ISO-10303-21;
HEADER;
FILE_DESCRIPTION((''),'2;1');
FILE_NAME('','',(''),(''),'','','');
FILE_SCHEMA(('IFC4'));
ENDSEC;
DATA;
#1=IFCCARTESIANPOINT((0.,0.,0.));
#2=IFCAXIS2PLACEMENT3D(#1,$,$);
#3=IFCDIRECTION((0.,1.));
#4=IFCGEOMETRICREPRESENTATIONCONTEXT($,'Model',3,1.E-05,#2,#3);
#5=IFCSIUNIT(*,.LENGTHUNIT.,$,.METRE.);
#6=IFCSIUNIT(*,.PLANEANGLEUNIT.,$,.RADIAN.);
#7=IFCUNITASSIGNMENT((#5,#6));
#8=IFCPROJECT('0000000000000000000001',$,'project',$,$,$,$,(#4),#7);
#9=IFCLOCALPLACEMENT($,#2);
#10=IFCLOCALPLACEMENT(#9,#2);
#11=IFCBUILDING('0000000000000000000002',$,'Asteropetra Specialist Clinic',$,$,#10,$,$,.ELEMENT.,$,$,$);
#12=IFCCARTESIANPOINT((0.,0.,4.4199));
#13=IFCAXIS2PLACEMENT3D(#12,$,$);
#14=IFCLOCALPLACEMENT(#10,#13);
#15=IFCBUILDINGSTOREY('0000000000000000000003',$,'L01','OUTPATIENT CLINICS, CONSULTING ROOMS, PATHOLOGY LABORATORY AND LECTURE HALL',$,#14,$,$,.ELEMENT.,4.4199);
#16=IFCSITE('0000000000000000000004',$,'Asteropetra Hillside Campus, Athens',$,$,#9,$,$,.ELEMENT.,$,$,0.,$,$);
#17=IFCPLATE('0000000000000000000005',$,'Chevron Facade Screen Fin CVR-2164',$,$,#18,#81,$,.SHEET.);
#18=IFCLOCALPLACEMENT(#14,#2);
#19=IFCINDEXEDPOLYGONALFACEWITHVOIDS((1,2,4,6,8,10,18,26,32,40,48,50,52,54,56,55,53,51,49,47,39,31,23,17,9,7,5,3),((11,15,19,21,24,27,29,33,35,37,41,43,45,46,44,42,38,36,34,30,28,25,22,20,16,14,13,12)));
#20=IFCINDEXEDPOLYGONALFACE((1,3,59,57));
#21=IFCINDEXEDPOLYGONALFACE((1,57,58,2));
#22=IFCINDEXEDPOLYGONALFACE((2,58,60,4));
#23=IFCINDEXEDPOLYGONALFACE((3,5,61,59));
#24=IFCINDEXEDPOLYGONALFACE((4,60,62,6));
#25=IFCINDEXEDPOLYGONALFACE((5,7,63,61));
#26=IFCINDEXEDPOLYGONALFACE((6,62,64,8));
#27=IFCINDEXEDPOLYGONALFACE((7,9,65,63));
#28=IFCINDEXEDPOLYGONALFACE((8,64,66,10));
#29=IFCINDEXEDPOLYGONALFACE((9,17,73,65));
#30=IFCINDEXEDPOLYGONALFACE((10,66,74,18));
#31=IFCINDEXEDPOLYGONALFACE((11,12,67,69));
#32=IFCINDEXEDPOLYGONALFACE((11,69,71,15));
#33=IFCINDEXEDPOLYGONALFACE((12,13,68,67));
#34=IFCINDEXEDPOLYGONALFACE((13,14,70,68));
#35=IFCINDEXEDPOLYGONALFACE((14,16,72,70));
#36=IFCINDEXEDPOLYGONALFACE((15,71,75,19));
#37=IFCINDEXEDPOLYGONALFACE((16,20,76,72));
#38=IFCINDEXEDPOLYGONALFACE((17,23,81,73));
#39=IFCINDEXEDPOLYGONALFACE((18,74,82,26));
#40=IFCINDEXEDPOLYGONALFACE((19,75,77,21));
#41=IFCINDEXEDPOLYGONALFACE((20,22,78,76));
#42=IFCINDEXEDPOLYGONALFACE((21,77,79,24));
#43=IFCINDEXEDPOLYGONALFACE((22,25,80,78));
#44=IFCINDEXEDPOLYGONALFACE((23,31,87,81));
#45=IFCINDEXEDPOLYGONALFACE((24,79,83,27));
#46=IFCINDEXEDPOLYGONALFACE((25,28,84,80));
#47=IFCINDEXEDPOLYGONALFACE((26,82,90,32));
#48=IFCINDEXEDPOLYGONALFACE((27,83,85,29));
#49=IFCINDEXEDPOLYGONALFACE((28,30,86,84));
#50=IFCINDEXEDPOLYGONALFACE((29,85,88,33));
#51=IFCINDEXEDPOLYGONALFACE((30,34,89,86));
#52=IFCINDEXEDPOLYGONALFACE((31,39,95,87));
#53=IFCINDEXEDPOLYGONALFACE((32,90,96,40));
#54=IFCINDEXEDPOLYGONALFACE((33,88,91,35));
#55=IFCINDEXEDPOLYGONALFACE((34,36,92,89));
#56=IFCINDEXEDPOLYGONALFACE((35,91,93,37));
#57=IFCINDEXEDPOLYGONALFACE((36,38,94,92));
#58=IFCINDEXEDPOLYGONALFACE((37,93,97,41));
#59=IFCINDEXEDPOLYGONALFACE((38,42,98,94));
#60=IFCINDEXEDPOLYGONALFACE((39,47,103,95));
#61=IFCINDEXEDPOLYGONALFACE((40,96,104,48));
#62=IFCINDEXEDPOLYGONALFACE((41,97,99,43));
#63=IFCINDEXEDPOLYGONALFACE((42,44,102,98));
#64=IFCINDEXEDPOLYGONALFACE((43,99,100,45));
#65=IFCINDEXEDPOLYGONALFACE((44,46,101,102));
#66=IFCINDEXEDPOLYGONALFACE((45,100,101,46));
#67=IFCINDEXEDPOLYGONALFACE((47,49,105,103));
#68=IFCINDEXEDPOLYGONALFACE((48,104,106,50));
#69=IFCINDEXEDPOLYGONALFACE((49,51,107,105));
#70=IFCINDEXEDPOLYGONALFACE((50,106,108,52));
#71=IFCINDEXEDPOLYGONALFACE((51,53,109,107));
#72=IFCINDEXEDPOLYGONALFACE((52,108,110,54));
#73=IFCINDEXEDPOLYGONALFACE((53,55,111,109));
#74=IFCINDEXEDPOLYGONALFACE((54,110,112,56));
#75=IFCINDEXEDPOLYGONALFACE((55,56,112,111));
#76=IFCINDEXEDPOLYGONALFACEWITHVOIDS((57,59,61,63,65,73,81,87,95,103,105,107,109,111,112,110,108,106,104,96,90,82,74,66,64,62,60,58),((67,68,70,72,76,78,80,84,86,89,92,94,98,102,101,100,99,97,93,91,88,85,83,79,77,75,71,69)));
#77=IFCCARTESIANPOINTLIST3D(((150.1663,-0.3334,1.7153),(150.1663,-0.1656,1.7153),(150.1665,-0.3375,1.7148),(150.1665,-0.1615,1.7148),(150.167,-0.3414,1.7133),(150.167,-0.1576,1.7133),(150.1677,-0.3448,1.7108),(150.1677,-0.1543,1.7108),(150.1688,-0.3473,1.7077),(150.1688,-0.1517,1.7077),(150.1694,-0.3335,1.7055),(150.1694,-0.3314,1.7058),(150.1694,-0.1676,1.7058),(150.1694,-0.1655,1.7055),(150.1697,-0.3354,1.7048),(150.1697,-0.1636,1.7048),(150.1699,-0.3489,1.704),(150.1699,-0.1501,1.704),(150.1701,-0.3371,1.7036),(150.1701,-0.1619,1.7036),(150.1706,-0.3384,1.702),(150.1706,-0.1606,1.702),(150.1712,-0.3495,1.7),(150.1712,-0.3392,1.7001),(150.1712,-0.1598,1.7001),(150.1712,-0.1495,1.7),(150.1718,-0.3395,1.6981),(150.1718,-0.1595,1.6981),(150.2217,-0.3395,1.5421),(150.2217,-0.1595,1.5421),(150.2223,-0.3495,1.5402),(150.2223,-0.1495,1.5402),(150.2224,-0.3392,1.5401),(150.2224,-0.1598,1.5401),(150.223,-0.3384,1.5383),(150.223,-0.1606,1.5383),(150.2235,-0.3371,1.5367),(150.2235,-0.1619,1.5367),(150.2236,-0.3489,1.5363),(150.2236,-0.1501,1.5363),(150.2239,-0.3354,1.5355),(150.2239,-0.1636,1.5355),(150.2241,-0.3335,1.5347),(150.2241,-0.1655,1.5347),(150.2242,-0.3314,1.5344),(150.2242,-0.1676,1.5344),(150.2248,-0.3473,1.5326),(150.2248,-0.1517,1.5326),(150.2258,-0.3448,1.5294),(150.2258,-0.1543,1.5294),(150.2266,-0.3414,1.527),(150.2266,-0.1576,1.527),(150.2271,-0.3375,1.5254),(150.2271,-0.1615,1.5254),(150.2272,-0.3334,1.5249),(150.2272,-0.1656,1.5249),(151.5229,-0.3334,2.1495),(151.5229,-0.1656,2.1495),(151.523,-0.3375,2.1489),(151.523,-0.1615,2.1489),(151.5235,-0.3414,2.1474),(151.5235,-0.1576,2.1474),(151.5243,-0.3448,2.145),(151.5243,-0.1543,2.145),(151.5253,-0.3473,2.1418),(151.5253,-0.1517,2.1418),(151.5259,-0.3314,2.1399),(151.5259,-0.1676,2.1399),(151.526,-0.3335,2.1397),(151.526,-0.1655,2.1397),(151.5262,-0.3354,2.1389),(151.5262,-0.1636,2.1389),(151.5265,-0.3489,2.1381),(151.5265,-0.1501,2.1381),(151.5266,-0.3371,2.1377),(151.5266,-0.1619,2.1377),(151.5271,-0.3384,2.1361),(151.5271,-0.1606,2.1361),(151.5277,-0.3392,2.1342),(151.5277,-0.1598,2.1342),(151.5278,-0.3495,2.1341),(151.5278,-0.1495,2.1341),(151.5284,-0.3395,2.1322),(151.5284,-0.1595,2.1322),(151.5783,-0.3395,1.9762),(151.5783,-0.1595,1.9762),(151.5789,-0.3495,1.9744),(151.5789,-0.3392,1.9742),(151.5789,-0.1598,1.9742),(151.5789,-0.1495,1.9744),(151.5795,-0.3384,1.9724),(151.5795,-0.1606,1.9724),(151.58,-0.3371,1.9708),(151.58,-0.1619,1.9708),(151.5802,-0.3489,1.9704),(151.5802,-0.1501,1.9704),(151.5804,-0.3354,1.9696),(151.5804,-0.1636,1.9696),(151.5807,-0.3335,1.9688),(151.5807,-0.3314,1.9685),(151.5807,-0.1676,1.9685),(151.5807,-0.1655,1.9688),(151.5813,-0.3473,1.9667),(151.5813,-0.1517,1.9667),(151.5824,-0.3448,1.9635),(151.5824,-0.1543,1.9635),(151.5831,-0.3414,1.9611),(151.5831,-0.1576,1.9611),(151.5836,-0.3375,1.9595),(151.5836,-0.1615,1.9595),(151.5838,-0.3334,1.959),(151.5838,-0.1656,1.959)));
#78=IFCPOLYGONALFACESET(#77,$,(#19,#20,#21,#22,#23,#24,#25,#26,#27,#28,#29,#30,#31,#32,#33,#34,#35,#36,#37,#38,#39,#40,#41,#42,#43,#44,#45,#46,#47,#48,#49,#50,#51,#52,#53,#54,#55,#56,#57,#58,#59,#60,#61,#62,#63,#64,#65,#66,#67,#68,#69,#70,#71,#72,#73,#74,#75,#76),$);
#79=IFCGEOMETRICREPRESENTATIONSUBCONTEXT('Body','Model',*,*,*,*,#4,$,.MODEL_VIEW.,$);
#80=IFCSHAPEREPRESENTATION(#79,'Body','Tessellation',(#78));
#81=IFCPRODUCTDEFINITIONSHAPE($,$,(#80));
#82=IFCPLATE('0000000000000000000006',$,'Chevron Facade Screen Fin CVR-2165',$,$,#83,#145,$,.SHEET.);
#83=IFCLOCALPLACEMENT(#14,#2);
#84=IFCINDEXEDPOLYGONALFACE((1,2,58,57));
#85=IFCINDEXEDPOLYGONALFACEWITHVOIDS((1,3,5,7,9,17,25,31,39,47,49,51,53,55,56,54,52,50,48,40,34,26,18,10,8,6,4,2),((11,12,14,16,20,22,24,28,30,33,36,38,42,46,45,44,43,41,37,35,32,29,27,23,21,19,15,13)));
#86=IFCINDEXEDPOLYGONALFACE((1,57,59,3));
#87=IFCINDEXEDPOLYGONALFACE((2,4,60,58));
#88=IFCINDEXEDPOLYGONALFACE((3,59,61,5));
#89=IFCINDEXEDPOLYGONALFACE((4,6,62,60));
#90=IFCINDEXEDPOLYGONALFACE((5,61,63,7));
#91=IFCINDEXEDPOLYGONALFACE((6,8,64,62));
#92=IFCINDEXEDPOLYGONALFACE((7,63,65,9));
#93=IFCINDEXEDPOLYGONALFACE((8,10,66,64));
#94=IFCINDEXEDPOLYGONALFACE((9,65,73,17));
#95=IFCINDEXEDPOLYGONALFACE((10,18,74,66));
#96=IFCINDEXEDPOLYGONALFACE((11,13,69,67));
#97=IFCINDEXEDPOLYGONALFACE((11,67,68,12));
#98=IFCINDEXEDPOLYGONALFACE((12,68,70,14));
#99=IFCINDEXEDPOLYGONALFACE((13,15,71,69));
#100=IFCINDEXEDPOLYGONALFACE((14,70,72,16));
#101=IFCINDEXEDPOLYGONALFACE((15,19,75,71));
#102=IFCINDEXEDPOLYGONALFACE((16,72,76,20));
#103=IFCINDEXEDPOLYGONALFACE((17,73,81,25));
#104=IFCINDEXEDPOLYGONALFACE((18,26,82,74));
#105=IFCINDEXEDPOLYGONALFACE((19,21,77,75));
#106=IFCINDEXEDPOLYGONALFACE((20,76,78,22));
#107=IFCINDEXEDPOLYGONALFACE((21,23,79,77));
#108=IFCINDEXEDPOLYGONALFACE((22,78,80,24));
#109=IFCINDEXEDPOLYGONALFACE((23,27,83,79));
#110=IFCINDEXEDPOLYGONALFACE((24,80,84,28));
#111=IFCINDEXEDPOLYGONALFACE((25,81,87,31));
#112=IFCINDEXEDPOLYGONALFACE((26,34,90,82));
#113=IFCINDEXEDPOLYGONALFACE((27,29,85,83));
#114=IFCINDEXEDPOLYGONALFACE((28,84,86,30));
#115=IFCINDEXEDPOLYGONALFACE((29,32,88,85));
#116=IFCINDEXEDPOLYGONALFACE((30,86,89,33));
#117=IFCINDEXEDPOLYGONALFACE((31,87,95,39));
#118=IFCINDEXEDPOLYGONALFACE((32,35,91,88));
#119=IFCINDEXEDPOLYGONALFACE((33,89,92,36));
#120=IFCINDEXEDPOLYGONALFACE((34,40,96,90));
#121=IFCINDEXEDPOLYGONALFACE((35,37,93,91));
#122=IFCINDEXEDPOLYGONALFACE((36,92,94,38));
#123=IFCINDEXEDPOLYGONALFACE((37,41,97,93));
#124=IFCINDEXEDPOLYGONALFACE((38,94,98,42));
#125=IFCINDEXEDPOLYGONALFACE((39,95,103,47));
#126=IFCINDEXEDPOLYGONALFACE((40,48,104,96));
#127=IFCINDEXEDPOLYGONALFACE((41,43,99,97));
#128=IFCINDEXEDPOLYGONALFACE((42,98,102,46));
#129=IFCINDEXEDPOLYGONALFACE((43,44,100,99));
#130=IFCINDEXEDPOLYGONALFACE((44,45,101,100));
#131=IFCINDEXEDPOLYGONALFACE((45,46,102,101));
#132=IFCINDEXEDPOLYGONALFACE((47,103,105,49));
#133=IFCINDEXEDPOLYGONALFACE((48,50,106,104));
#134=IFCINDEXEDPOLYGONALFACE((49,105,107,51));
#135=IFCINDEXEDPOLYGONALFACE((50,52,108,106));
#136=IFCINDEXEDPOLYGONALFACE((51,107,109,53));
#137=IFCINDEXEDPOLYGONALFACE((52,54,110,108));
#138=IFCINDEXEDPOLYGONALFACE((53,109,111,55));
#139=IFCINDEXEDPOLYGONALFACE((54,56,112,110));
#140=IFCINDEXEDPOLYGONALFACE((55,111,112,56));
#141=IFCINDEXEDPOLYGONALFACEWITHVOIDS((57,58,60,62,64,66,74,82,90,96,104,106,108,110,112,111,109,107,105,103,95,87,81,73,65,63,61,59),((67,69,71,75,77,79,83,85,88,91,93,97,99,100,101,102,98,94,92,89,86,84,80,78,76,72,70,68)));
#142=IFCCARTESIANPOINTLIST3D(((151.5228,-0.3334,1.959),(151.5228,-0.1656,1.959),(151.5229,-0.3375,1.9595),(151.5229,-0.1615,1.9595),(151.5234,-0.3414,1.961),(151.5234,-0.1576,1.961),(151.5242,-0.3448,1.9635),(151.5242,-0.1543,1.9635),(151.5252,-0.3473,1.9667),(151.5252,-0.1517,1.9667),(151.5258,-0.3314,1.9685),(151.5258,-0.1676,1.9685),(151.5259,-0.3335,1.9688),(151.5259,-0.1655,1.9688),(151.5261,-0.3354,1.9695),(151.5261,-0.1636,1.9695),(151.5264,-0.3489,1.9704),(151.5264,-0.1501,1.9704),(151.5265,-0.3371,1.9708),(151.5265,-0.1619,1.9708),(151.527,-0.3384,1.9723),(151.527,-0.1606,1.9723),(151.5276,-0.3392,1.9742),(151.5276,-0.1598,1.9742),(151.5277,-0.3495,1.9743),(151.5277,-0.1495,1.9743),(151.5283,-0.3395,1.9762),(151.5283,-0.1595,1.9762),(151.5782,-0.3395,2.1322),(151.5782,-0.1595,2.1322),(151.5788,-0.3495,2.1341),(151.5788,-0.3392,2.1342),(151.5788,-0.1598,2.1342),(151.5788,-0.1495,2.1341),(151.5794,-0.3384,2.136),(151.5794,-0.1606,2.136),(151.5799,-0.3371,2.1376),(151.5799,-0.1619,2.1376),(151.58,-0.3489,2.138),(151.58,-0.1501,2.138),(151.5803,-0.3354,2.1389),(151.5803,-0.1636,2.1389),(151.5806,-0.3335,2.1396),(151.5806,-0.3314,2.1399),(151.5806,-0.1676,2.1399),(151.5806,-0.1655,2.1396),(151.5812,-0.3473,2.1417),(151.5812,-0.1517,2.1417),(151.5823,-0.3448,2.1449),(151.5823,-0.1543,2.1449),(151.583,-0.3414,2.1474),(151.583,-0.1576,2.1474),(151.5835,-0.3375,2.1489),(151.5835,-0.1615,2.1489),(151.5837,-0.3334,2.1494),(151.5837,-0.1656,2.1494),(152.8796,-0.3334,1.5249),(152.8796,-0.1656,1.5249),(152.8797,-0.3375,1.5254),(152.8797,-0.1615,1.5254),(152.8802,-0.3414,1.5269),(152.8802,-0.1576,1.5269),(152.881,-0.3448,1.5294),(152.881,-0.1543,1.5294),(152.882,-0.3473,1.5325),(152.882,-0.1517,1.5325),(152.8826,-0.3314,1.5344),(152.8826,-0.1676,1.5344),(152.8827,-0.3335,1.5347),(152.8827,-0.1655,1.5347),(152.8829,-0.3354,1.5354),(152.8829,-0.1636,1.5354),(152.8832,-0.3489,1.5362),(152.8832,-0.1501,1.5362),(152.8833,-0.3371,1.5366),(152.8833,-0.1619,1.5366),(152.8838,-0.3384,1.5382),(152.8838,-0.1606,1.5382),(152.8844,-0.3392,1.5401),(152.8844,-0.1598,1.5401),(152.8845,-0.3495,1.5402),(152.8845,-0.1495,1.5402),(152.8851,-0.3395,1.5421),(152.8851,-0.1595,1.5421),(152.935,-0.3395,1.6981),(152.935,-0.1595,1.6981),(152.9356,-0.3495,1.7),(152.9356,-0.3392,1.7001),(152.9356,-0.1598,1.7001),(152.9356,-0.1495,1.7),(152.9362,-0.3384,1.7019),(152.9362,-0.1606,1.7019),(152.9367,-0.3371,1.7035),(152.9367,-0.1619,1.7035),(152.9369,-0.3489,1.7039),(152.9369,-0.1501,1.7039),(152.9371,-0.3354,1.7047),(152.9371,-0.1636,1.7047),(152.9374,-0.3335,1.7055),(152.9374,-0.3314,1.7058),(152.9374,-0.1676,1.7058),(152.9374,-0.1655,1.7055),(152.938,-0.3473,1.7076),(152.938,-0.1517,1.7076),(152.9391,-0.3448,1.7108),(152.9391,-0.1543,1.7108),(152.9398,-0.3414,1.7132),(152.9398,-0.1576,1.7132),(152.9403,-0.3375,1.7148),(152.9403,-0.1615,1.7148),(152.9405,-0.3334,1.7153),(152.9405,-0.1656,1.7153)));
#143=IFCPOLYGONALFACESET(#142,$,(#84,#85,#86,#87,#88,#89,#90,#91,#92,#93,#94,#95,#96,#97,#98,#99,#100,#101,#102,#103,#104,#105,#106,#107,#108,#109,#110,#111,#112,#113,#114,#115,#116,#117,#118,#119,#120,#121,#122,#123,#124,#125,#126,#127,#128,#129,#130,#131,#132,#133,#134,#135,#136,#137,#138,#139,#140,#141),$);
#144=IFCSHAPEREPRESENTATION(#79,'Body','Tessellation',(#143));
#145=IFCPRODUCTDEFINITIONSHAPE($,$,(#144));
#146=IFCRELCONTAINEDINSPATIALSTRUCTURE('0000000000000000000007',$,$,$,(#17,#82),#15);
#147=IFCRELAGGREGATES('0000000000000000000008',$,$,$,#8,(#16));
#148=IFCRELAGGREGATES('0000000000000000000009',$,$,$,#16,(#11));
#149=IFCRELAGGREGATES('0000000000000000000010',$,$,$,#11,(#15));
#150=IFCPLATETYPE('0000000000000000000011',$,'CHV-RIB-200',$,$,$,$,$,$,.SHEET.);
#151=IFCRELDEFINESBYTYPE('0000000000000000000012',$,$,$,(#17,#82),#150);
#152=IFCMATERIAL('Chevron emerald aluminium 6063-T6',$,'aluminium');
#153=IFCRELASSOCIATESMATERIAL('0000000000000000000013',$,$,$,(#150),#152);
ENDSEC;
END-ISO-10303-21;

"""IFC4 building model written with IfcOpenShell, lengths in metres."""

from ifc_helpers import new_model, si_unit, direction, frame, origin, origin_2d, place, context, subcontext, project, spatial, hollow_rectangle, extrude, material, material_profile, profile_set, type_object, element, save


model = new_model("IFC4")

# Units and contexts
model_context = context("Model", 3, precision=1e-05, world=origin(), true_north=direction((0.0, 1.0)))
body_context = subcontext(model_context, "Body", "Model", "MODEL_VIEW")
ifc_project = project(units=[si_unit("LENGTHUNIT", "METRE"), si_unit("PLANEANGLEUNIT", "RADIAN")], contexts=[model_context])

# Site, building, storey
site_placement = place(None, origin())
site = spatial("IfcSite", under=ifc_project, at=site_placement, Name="Asteropetra Hillside Campus, Athens", CompositionType="ELEMENT", RefElevation=0.0)
building_placement = place(site_placement, origin())
building = spatial("IfcBuilding", under=site, at=building_placement, Name="Asteropetra Specialist Clinic", CompositionType="ELEMENT")
storey_placement = place(building_placement, frame((0.0, 0.0, 4.4199)))
storey = spatial("IfcBuildingStorey", under=building, at=storey_placement, Name="L01", Description="OUTPATIENT CLINICS, CONSULTING ROOMS, PATHOLOGY LABORATORY AND LECTURE HALL", CompositionType="ELEMENT", Elevation=4.4199)

# Plates
ifc_material_1 = material(Name="Chevron emerald aluminium 6063-T6", Category="aluminium")
ifc_material_profile_1 = material_profile(ifc_material_1, hollow_rectangle(XDim=0.2, YDim=0.2, WallThickness=0.01, InnerFilletRadius=0.0081, OuterFilletRadius=0.0161, at=origin_2d()), Name="SHS 200x200x10.0")
ifc_profile_set_1 = profile_set([ifc_material_profile_1], Name="Chevron emerald aluminium 6063-T6")
plate_type = type_object("IfcPlateType", Name="CHV-RIB-200", PredefinedType="SHEET", material=ifc_profile_set_1)
plate_1_placement = place(storey_placement, frame((150.1968, -0.2495, 1.6201), z_axis=(0.95242, 0.0, 0.304788), x_axis=(0.0, 1.0, 0.0)))
element("IfcPlate", 1, at=plate_1_placement, inside=storey, type_object=plate_type, Name="Chevron Facade Screen Fin CVR-2164", PredefinedType="SHEET", context=body_context, shape_type="SweptSolid", body=[
    extrude(hollow_rectangle(XDim=0.2, YDim=0.2, WallThickness=0.01, InnerFilletRadius=0.0081, OuterFilletRadius=0.0161, at=origin_2d()), origin(), (0.0, 0.0, 1.0), 1.4243),
])
plate_2_placement = place(storey_placement, frame((151.5532, -0.2495, 2.0542), z_axis=(0.952436, 0.0, -0.304738), x_axis=(0.0, 1.0, 0.0)))
element("IfcPlate", 2, at=plate_2_placement, inside=storey, type_object=plate_type, Name="Chevron Facade Screen Fin CVR-2165", PredefinedType="SHEET", context=body_context, shape_type="SweptSolid", body=[
    extrude(hollow_rectangle(XDim=0.2, YDim=0.2, WallThickness=0.01, InnerFilletRadius=0.0081, OuterFilletRadius=0.0161, at=origin_2d()), origin(), (0.0, 0.0, 1.0), 1.4246),
])

save(model, "model.ifc")
